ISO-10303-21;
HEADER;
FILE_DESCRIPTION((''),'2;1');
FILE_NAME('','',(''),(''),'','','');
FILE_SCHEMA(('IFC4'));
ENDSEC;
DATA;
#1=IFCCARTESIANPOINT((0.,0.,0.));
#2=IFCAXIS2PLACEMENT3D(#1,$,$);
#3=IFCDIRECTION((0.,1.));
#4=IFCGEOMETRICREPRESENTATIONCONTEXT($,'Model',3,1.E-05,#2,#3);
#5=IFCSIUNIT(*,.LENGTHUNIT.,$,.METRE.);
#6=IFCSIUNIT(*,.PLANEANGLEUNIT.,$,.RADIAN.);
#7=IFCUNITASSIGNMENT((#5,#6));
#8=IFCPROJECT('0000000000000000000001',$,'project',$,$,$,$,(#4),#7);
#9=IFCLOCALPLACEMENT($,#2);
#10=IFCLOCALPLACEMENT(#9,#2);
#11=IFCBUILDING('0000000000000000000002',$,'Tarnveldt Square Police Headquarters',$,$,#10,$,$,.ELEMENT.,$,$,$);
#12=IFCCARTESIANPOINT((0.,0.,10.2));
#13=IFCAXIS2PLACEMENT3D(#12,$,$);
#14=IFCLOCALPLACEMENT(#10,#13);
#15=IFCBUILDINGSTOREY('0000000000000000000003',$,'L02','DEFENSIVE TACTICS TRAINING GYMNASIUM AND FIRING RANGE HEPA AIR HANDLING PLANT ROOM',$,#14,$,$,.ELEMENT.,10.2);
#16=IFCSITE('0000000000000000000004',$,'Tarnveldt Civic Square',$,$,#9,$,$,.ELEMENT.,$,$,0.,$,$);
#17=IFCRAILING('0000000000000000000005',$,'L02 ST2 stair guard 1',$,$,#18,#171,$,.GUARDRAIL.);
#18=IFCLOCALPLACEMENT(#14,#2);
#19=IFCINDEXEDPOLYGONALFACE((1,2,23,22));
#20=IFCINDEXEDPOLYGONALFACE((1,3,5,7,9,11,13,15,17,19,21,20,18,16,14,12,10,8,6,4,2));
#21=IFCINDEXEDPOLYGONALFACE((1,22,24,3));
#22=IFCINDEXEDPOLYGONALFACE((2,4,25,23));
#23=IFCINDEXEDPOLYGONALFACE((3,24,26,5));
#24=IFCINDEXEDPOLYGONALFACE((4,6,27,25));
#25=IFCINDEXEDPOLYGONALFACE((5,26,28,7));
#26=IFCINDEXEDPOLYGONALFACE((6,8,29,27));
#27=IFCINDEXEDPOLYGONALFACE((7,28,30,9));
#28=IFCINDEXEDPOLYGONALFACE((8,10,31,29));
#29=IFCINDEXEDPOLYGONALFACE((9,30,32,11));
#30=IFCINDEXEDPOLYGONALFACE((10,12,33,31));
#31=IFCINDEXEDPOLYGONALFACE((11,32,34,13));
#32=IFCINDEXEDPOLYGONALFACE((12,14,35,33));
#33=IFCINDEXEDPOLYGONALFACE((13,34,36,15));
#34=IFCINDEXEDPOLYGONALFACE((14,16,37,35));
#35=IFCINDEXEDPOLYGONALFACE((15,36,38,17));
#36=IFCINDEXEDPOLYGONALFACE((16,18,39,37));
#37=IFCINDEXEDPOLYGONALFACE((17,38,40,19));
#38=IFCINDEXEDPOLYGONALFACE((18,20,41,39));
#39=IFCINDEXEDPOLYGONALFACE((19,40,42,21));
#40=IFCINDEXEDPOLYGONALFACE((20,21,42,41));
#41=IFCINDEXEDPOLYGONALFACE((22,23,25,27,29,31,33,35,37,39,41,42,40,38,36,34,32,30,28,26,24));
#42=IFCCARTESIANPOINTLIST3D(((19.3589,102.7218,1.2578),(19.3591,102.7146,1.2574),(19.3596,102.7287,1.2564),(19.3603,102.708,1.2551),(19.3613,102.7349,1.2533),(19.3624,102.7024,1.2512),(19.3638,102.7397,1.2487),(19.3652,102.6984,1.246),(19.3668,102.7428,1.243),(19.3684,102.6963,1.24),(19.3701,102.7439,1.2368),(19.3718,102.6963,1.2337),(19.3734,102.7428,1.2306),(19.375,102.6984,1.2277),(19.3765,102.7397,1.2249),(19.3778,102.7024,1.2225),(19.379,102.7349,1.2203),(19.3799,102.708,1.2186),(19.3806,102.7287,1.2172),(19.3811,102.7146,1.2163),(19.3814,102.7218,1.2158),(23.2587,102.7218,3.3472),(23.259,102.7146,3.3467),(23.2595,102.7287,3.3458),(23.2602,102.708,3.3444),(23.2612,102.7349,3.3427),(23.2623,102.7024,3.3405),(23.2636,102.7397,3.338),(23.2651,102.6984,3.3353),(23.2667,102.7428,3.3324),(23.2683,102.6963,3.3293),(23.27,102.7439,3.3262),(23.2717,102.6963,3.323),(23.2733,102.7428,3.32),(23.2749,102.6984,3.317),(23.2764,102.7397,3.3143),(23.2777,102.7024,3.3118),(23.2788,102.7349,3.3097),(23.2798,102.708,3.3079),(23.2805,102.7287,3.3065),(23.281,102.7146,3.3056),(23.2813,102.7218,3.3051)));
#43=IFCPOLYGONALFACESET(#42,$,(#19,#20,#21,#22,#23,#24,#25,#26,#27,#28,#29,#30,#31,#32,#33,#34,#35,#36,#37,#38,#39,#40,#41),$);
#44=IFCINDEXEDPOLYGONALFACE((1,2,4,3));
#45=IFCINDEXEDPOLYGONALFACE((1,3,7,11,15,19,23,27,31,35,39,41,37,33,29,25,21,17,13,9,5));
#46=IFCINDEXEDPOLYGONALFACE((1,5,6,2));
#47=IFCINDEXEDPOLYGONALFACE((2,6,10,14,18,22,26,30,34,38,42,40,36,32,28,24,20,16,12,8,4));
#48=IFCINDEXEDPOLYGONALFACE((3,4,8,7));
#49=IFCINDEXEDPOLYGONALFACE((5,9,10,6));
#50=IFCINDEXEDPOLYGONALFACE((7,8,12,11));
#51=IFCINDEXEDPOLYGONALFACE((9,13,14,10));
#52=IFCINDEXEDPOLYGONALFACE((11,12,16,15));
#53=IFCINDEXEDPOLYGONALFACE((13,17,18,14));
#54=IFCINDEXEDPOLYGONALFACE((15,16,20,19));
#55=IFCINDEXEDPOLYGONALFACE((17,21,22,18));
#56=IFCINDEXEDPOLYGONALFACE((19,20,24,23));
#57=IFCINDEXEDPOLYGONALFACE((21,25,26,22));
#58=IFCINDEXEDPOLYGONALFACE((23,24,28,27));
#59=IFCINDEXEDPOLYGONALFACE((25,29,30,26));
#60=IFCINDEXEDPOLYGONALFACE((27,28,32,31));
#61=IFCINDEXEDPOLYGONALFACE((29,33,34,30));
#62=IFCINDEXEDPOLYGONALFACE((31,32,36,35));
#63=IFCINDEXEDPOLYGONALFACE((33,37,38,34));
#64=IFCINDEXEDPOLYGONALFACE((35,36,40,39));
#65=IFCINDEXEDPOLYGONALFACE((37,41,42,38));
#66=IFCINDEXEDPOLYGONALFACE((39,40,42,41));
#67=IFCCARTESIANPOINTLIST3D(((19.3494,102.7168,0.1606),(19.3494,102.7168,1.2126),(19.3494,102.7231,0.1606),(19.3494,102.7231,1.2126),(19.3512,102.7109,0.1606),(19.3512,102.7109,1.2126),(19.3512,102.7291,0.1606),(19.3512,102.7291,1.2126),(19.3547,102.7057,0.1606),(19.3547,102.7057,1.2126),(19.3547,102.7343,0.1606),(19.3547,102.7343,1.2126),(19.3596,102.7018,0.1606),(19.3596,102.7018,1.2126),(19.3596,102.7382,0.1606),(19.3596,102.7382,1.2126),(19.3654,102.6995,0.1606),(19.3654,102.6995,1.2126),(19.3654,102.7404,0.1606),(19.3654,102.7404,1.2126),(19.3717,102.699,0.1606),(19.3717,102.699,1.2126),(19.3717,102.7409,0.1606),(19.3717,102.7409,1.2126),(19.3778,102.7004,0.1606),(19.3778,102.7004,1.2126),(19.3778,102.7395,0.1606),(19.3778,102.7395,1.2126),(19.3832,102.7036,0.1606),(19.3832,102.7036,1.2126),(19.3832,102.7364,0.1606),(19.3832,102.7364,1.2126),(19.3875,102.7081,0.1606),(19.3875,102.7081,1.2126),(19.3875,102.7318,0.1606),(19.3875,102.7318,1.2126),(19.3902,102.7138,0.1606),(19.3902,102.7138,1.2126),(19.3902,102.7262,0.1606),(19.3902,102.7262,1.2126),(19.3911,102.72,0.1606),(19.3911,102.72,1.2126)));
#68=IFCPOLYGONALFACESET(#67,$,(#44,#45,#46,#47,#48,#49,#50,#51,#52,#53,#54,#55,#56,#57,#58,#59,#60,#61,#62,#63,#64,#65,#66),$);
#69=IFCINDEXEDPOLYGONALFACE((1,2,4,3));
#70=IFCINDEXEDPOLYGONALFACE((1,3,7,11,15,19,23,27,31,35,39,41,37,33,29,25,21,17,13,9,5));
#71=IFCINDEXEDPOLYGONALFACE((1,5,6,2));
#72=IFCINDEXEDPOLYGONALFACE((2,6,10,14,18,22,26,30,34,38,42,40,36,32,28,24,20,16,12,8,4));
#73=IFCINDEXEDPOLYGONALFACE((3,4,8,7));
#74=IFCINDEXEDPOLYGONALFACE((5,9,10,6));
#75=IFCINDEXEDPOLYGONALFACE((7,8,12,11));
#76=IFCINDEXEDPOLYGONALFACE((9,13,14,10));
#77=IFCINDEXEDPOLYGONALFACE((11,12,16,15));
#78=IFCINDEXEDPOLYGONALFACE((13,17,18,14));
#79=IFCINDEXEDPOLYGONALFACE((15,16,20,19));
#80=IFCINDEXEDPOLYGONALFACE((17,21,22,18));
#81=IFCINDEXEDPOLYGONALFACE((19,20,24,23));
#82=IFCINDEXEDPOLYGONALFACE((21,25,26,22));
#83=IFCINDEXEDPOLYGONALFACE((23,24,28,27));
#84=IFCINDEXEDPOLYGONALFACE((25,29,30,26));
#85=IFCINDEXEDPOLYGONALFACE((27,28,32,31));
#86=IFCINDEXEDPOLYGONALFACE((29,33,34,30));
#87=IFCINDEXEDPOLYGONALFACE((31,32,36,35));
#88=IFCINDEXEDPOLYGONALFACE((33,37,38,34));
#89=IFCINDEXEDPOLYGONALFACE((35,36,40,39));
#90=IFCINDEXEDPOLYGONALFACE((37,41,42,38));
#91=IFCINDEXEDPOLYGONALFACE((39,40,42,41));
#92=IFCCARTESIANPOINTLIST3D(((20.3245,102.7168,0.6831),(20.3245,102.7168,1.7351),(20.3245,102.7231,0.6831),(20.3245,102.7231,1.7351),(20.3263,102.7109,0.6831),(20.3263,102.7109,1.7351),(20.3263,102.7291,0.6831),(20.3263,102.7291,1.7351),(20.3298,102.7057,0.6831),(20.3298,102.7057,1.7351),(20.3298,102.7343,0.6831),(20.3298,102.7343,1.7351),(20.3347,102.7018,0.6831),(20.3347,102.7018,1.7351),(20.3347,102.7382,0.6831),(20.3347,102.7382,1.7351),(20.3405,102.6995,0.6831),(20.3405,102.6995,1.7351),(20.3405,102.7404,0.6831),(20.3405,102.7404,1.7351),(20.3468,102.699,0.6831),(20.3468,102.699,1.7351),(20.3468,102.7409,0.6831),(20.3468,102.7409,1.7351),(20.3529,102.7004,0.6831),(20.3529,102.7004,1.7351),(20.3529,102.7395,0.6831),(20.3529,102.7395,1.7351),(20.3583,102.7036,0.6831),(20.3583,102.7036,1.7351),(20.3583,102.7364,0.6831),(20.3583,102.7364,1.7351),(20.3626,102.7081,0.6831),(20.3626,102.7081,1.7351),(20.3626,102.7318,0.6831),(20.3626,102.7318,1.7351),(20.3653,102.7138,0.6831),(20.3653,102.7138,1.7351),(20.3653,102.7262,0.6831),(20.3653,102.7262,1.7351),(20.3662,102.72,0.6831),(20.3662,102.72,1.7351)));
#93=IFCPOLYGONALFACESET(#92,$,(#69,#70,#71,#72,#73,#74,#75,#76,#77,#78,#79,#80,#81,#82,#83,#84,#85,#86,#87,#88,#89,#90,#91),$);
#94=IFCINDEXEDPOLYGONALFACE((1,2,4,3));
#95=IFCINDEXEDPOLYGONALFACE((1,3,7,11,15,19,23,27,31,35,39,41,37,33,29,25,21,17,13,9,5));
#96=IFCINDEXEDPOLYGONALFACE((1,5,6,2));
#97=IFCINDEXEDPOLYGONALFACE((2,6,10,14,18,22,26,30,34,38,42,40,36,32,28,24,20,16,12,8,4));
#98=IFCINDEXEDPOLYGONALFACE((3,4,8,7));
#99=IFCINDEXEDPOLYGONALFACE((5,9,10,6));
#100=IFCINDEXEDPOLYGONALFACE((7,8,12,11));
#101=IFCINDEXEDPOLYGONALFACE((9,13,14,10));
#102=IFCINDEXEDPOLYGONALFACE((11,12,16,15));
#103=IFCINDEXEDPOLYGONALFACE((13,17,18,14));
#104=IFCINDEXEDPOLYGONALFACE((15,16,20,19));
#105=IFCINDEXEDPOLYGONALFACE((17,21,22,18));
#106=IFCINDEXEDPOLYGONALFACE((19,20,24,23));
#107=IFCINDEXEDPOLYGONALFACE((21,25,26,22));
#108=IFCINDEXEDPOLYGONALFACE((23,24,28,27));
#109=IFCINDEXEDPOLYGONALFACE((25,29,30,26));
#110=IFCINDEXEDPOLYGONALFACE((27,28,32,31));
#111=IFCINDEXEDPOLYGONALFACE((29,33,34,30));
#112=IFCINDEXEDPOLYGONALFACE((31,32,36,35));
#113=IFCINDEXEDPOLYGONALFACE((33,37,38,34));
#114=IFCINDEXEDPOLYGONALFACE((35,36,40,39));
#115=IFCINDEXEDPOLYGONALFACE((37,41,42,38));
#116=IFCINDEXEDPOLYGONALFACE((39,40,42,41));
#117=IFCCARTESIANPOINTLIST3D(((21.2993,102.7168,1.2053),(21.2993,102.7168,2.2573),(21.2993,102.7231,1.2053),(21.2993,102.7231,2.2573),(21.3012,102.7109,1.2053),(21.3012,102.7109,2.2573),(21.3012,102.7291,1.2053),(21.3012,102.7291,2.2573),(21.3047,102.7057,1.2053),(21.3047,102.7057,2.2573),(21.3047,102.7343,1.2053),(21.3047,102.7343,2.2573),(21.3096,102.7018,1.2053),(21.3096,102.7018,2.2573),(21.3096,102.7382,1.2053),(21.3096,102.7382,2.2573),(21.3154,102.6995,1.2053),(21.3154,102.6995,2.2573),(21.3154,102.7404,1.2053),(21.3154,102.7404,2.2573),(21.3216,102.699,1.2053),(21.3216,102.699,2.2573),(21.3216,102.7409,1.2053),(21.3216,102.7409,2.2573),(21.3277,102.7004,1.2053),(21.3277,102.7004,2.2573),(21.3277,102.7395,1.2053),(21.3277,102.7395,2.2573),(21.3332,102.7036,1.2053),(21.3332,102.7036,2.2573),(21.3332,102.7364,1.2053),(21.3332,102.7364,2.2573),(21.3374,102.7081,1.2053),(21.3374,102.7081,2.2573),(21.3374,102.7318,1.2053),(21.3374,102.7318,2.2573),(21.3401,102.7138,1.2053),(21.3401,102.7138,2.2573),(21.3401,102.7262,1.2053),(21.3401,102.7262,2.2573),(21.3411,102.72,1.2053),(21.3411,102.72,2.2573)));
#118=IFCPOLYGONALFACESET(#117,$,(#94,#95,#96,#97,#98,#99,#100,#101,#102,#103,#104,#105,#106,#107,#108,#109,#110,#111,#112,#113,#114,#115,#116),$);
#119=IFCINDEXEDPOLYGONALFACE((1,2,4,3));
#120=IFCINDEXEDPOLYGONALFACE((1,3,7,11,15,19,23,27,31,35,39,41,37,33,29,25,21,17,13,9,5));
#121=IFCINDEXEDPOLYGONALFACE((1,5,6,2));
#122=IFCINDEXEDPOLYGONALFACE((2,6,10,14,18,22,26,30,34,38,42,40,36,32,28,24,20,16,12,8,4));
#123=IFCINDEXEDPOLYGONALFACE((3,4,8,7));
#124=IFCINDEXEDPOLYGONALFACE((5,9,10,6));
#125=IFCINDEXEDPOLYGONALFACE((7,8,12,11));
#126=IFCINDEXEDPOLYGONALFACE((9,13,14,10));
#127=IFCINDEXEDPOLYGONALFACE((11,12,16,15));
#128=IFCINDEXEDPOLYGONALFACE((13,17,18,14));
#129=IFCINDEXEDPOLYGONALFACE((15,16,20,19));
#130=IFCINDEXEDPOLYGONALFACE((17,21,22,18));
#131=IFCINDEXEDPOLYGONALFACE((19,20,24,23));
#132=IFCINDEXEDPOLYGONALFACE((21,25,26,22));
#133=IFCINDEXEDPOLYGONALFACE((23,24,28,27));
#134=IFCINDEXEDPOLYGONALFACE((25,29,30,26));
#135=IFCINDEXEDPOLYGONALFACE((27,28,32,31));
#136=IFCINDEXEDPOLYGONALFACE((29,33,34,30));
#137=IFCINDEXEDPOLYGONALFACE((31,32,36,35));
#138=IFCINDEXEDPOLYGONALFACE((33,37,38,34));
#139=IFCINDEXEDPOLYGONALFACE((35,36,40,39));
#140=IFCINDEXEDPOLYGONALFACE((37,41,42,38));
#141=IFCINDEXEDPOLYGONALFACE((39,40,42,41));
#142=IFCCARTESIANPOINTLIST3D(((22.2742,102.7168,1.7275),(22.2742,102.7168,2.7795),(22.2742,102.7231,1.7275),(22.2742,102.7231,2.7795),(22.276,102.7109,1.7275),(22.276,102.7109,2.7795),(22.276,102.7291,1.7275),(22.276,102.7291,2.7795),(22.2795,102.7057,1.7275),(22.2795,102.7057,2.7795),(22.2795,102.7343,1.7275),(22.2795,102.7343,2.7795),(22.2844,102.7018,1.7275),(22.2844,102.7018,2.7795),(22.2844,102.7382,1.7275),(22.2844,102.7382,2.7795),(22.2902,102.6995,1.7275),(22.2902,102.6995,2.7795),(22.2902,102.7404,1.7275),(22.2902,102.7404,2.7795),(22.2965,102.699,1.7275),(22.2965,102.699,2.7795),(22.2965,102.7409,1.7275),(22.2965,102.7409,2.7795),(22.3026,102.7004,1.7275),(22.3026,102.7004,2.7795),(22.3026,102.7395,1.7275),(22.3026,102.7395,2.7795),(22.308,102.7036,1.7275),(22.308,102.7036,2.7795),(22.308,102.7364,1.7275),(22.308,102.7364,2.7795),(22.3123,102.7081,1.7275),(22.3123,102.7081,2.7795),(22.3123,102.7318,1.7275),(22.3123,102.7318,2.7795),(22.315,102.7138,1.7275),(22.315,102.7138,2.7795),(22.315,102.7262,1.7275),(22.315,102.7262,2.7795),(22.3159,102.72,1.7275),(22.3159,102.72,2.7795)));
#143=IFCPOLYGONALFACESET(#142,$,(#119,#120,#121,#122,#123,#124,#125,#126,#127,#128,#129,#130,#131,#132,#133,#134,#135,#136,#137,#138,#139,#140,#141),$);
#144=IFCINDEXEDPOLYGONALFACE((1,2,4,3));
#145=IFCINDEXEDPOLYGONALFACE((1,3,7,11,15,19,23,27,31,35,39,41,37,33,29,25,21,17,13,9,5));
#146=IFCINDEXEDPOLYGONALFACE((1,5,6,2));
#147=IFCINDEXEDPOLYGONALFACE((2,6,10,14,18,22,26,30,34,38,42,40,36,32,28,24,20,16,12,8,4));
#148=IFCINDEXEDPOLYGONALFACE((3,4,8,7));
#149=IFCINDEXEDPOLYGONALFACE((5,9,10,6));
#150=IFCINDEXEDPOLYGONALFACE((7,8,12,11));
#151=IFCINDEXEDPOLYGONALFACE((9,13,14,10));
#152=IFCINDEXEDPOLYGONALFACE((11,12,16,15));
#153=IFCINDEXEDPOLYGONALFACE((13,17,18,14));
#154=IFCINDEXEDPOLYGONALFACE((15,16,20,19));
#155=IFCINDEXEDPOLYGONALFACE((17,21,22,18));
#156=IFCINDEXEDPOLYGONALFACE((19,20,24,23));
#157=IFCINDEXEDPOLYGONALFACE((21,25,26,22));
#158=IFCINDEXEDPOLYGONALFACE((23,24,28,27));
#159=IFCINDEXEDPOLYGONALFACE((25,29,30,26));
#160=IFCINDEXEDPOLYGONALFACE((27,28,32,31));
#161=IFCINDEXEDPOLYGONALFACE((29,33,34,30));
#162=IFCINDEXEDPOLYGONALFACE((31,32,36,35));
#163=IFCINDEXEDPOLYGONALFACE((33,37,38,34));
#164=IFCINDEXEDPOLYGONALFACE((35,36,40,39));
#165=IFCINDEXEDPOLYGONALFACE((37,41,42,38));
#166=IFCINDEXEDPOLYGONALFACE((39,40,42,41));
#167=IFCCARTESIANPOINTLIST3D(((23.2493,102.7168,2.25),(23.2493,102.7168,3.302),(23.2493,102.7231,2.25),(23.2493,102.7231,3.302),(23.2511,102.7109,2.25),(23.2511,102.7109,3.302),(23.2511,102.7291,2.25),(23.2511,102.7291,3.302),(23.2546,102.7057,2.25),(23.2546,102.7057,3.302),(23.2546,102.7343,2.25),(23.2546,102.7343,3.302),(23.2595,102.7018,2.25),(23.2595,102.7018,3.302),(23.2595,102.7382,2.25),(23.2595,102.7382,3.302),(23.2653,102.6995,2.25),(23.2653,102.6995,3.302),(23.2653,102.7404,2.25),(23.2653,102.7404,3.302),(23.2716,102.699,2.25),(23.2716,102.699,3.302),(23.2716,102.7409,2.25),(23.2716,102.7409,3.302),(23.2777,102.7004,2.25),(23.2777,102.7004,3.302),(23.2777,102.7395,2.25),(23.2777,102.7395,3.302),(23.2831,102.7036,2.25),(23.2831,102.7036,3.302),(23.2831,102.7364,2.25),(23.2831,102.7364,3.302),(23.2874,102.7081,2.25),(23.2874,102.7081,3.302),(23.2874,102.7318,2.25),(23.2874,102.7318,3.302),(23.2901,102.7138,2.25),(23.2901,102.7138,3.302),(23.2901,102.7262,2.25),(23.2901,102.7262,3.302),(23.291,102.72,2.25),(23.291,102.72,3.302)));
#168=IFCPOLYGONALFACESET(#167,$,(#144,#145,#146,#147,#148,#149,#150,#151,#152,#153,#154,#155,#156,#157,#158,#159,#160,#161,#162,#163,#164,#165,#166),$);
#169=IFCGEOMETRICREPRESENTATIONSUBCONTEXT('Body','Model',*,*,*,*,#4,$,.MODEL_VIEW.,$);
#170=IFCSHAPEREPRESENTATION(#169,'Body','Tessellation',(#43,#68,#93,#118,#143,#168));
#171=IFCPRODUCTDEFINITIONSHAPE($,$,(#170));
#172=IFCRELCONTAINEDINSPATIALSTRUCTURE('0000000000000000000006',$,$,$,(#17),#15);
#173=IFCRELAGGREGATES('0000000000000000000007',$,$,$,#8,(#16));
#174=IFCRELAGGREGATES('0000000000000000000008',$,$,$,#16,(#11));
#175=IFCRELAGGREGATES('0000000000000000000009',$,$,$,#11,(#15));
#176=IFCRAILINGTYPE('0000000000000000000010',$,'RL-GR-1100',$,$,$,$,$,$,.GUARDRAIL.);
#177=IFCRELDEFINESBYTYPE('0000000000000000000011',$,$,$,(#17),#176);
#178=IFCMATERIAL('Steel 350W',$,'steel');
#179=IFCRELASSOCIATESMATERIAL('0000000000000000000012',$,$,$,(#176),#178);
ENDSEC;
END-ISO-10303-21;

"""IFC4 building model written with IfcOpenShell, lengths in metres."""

from ifc_helpers import new_model, si_unit, direction, frame, origin, origin_2d, place, context, subcontext, project, spatial, circle, extrude, material, type_object, element, save


model = new_model("IFC4")

# Units and contexts
model_context = context("Model", 3, precision=1e-05, world=origin(), true_north=direction((0.0, 1.0)))
body_context = subcontext(model_context, "Body", "Model", "MODEL_VIEW")
ifc_project = project(units=[si_unit("LENGTHUNIT", "METRE"), si_unit("PLANEANGLEUNIT", "RADIAN")], contexts=[model_context])

# Site, building, storey
site_placement = place(None, origin())
site = spatial("IfcSite", under=ifc_project, at=site_placement, Name="Tarnveldt Civic Square", CompositionType="ELEMENT", RefElevation=0.0)
building_placement = place(site_placement, origin())
building = spatial("IfcBuilding", under=site, at=building_placement, Name="Tarnveldt Square Police Headquarters", CompositionType="ELEMENT")
storey_placement = place(building_placement, frame((0.0, 0.0, 10.2)))
storey = spatial("IfcBuildingStorey", under=building, at=storey_placement, Name="L02", Description="DEFENSIVE TACTICS TRAINING GYMNASIUM AND FIRING RANGE HEPA AIR HANDLING PLANT ROOM", CompositionType="ELEMENT", Elevation=10.2)

# Shared definitions
ifc_material_1 = material(Name="Steel 350W", Category="steel")

# Railing
railing_type_1 = type_object("IfcRailingType", Name="RL-GR-1100", PredefinedType="GUARDRAIL", material=ifc_material_1)
railing_1_placement = place(storey_placement, frame((19.3701, 102.72, 0.1606)))
element("IfcRailing", 1, at=railing_1_placement, inside=storey, type_object=railing_type_1, Name="L02 ST2 stair guard 1", PredefinedType="GUARDRAIL", context=body_context, shape_type="SweptSolid", body=[
    extrude(circle(Radius=0.0239, at=origin_2d()), frame((0.0, 0.0, 1.0762), z_axis=(0.881468, 0.0, 0.472243), x_axis=(0.0, 1.0, 0.0)), (0.0, 0.0, 1.0), 4.4243),
    extrude(circle(Radius=0.021, at=origin_2d()), origin(), (0.0, 0.0, 1.0), 1.052),
    extrude(circle(Radius=0.021, at=origin_2d()), frame((0.9751, 0.0, 0.5225)), (0.0, 0.0, 1.0), 1.052),
    extrude(circle(Radius=0.021, at=origin_2d()), frame((1.95, 0.0, 1.0447)), (0.0, 0.0, 1.0), 1.052),
    extrude(circle(Radius=0.021, at=origin_2d()), frame((2.9248, 0.0, 1.5669)), (0.0, 0.0, 1.0), 1.052),
    extrude(circle(Radius=0.021, at=origin_2d()), frame((3.8999, 0.0, 2.0894)), (0.0, 0.0, 1.0), 1.052),
])

save(model, "model.ifc")
